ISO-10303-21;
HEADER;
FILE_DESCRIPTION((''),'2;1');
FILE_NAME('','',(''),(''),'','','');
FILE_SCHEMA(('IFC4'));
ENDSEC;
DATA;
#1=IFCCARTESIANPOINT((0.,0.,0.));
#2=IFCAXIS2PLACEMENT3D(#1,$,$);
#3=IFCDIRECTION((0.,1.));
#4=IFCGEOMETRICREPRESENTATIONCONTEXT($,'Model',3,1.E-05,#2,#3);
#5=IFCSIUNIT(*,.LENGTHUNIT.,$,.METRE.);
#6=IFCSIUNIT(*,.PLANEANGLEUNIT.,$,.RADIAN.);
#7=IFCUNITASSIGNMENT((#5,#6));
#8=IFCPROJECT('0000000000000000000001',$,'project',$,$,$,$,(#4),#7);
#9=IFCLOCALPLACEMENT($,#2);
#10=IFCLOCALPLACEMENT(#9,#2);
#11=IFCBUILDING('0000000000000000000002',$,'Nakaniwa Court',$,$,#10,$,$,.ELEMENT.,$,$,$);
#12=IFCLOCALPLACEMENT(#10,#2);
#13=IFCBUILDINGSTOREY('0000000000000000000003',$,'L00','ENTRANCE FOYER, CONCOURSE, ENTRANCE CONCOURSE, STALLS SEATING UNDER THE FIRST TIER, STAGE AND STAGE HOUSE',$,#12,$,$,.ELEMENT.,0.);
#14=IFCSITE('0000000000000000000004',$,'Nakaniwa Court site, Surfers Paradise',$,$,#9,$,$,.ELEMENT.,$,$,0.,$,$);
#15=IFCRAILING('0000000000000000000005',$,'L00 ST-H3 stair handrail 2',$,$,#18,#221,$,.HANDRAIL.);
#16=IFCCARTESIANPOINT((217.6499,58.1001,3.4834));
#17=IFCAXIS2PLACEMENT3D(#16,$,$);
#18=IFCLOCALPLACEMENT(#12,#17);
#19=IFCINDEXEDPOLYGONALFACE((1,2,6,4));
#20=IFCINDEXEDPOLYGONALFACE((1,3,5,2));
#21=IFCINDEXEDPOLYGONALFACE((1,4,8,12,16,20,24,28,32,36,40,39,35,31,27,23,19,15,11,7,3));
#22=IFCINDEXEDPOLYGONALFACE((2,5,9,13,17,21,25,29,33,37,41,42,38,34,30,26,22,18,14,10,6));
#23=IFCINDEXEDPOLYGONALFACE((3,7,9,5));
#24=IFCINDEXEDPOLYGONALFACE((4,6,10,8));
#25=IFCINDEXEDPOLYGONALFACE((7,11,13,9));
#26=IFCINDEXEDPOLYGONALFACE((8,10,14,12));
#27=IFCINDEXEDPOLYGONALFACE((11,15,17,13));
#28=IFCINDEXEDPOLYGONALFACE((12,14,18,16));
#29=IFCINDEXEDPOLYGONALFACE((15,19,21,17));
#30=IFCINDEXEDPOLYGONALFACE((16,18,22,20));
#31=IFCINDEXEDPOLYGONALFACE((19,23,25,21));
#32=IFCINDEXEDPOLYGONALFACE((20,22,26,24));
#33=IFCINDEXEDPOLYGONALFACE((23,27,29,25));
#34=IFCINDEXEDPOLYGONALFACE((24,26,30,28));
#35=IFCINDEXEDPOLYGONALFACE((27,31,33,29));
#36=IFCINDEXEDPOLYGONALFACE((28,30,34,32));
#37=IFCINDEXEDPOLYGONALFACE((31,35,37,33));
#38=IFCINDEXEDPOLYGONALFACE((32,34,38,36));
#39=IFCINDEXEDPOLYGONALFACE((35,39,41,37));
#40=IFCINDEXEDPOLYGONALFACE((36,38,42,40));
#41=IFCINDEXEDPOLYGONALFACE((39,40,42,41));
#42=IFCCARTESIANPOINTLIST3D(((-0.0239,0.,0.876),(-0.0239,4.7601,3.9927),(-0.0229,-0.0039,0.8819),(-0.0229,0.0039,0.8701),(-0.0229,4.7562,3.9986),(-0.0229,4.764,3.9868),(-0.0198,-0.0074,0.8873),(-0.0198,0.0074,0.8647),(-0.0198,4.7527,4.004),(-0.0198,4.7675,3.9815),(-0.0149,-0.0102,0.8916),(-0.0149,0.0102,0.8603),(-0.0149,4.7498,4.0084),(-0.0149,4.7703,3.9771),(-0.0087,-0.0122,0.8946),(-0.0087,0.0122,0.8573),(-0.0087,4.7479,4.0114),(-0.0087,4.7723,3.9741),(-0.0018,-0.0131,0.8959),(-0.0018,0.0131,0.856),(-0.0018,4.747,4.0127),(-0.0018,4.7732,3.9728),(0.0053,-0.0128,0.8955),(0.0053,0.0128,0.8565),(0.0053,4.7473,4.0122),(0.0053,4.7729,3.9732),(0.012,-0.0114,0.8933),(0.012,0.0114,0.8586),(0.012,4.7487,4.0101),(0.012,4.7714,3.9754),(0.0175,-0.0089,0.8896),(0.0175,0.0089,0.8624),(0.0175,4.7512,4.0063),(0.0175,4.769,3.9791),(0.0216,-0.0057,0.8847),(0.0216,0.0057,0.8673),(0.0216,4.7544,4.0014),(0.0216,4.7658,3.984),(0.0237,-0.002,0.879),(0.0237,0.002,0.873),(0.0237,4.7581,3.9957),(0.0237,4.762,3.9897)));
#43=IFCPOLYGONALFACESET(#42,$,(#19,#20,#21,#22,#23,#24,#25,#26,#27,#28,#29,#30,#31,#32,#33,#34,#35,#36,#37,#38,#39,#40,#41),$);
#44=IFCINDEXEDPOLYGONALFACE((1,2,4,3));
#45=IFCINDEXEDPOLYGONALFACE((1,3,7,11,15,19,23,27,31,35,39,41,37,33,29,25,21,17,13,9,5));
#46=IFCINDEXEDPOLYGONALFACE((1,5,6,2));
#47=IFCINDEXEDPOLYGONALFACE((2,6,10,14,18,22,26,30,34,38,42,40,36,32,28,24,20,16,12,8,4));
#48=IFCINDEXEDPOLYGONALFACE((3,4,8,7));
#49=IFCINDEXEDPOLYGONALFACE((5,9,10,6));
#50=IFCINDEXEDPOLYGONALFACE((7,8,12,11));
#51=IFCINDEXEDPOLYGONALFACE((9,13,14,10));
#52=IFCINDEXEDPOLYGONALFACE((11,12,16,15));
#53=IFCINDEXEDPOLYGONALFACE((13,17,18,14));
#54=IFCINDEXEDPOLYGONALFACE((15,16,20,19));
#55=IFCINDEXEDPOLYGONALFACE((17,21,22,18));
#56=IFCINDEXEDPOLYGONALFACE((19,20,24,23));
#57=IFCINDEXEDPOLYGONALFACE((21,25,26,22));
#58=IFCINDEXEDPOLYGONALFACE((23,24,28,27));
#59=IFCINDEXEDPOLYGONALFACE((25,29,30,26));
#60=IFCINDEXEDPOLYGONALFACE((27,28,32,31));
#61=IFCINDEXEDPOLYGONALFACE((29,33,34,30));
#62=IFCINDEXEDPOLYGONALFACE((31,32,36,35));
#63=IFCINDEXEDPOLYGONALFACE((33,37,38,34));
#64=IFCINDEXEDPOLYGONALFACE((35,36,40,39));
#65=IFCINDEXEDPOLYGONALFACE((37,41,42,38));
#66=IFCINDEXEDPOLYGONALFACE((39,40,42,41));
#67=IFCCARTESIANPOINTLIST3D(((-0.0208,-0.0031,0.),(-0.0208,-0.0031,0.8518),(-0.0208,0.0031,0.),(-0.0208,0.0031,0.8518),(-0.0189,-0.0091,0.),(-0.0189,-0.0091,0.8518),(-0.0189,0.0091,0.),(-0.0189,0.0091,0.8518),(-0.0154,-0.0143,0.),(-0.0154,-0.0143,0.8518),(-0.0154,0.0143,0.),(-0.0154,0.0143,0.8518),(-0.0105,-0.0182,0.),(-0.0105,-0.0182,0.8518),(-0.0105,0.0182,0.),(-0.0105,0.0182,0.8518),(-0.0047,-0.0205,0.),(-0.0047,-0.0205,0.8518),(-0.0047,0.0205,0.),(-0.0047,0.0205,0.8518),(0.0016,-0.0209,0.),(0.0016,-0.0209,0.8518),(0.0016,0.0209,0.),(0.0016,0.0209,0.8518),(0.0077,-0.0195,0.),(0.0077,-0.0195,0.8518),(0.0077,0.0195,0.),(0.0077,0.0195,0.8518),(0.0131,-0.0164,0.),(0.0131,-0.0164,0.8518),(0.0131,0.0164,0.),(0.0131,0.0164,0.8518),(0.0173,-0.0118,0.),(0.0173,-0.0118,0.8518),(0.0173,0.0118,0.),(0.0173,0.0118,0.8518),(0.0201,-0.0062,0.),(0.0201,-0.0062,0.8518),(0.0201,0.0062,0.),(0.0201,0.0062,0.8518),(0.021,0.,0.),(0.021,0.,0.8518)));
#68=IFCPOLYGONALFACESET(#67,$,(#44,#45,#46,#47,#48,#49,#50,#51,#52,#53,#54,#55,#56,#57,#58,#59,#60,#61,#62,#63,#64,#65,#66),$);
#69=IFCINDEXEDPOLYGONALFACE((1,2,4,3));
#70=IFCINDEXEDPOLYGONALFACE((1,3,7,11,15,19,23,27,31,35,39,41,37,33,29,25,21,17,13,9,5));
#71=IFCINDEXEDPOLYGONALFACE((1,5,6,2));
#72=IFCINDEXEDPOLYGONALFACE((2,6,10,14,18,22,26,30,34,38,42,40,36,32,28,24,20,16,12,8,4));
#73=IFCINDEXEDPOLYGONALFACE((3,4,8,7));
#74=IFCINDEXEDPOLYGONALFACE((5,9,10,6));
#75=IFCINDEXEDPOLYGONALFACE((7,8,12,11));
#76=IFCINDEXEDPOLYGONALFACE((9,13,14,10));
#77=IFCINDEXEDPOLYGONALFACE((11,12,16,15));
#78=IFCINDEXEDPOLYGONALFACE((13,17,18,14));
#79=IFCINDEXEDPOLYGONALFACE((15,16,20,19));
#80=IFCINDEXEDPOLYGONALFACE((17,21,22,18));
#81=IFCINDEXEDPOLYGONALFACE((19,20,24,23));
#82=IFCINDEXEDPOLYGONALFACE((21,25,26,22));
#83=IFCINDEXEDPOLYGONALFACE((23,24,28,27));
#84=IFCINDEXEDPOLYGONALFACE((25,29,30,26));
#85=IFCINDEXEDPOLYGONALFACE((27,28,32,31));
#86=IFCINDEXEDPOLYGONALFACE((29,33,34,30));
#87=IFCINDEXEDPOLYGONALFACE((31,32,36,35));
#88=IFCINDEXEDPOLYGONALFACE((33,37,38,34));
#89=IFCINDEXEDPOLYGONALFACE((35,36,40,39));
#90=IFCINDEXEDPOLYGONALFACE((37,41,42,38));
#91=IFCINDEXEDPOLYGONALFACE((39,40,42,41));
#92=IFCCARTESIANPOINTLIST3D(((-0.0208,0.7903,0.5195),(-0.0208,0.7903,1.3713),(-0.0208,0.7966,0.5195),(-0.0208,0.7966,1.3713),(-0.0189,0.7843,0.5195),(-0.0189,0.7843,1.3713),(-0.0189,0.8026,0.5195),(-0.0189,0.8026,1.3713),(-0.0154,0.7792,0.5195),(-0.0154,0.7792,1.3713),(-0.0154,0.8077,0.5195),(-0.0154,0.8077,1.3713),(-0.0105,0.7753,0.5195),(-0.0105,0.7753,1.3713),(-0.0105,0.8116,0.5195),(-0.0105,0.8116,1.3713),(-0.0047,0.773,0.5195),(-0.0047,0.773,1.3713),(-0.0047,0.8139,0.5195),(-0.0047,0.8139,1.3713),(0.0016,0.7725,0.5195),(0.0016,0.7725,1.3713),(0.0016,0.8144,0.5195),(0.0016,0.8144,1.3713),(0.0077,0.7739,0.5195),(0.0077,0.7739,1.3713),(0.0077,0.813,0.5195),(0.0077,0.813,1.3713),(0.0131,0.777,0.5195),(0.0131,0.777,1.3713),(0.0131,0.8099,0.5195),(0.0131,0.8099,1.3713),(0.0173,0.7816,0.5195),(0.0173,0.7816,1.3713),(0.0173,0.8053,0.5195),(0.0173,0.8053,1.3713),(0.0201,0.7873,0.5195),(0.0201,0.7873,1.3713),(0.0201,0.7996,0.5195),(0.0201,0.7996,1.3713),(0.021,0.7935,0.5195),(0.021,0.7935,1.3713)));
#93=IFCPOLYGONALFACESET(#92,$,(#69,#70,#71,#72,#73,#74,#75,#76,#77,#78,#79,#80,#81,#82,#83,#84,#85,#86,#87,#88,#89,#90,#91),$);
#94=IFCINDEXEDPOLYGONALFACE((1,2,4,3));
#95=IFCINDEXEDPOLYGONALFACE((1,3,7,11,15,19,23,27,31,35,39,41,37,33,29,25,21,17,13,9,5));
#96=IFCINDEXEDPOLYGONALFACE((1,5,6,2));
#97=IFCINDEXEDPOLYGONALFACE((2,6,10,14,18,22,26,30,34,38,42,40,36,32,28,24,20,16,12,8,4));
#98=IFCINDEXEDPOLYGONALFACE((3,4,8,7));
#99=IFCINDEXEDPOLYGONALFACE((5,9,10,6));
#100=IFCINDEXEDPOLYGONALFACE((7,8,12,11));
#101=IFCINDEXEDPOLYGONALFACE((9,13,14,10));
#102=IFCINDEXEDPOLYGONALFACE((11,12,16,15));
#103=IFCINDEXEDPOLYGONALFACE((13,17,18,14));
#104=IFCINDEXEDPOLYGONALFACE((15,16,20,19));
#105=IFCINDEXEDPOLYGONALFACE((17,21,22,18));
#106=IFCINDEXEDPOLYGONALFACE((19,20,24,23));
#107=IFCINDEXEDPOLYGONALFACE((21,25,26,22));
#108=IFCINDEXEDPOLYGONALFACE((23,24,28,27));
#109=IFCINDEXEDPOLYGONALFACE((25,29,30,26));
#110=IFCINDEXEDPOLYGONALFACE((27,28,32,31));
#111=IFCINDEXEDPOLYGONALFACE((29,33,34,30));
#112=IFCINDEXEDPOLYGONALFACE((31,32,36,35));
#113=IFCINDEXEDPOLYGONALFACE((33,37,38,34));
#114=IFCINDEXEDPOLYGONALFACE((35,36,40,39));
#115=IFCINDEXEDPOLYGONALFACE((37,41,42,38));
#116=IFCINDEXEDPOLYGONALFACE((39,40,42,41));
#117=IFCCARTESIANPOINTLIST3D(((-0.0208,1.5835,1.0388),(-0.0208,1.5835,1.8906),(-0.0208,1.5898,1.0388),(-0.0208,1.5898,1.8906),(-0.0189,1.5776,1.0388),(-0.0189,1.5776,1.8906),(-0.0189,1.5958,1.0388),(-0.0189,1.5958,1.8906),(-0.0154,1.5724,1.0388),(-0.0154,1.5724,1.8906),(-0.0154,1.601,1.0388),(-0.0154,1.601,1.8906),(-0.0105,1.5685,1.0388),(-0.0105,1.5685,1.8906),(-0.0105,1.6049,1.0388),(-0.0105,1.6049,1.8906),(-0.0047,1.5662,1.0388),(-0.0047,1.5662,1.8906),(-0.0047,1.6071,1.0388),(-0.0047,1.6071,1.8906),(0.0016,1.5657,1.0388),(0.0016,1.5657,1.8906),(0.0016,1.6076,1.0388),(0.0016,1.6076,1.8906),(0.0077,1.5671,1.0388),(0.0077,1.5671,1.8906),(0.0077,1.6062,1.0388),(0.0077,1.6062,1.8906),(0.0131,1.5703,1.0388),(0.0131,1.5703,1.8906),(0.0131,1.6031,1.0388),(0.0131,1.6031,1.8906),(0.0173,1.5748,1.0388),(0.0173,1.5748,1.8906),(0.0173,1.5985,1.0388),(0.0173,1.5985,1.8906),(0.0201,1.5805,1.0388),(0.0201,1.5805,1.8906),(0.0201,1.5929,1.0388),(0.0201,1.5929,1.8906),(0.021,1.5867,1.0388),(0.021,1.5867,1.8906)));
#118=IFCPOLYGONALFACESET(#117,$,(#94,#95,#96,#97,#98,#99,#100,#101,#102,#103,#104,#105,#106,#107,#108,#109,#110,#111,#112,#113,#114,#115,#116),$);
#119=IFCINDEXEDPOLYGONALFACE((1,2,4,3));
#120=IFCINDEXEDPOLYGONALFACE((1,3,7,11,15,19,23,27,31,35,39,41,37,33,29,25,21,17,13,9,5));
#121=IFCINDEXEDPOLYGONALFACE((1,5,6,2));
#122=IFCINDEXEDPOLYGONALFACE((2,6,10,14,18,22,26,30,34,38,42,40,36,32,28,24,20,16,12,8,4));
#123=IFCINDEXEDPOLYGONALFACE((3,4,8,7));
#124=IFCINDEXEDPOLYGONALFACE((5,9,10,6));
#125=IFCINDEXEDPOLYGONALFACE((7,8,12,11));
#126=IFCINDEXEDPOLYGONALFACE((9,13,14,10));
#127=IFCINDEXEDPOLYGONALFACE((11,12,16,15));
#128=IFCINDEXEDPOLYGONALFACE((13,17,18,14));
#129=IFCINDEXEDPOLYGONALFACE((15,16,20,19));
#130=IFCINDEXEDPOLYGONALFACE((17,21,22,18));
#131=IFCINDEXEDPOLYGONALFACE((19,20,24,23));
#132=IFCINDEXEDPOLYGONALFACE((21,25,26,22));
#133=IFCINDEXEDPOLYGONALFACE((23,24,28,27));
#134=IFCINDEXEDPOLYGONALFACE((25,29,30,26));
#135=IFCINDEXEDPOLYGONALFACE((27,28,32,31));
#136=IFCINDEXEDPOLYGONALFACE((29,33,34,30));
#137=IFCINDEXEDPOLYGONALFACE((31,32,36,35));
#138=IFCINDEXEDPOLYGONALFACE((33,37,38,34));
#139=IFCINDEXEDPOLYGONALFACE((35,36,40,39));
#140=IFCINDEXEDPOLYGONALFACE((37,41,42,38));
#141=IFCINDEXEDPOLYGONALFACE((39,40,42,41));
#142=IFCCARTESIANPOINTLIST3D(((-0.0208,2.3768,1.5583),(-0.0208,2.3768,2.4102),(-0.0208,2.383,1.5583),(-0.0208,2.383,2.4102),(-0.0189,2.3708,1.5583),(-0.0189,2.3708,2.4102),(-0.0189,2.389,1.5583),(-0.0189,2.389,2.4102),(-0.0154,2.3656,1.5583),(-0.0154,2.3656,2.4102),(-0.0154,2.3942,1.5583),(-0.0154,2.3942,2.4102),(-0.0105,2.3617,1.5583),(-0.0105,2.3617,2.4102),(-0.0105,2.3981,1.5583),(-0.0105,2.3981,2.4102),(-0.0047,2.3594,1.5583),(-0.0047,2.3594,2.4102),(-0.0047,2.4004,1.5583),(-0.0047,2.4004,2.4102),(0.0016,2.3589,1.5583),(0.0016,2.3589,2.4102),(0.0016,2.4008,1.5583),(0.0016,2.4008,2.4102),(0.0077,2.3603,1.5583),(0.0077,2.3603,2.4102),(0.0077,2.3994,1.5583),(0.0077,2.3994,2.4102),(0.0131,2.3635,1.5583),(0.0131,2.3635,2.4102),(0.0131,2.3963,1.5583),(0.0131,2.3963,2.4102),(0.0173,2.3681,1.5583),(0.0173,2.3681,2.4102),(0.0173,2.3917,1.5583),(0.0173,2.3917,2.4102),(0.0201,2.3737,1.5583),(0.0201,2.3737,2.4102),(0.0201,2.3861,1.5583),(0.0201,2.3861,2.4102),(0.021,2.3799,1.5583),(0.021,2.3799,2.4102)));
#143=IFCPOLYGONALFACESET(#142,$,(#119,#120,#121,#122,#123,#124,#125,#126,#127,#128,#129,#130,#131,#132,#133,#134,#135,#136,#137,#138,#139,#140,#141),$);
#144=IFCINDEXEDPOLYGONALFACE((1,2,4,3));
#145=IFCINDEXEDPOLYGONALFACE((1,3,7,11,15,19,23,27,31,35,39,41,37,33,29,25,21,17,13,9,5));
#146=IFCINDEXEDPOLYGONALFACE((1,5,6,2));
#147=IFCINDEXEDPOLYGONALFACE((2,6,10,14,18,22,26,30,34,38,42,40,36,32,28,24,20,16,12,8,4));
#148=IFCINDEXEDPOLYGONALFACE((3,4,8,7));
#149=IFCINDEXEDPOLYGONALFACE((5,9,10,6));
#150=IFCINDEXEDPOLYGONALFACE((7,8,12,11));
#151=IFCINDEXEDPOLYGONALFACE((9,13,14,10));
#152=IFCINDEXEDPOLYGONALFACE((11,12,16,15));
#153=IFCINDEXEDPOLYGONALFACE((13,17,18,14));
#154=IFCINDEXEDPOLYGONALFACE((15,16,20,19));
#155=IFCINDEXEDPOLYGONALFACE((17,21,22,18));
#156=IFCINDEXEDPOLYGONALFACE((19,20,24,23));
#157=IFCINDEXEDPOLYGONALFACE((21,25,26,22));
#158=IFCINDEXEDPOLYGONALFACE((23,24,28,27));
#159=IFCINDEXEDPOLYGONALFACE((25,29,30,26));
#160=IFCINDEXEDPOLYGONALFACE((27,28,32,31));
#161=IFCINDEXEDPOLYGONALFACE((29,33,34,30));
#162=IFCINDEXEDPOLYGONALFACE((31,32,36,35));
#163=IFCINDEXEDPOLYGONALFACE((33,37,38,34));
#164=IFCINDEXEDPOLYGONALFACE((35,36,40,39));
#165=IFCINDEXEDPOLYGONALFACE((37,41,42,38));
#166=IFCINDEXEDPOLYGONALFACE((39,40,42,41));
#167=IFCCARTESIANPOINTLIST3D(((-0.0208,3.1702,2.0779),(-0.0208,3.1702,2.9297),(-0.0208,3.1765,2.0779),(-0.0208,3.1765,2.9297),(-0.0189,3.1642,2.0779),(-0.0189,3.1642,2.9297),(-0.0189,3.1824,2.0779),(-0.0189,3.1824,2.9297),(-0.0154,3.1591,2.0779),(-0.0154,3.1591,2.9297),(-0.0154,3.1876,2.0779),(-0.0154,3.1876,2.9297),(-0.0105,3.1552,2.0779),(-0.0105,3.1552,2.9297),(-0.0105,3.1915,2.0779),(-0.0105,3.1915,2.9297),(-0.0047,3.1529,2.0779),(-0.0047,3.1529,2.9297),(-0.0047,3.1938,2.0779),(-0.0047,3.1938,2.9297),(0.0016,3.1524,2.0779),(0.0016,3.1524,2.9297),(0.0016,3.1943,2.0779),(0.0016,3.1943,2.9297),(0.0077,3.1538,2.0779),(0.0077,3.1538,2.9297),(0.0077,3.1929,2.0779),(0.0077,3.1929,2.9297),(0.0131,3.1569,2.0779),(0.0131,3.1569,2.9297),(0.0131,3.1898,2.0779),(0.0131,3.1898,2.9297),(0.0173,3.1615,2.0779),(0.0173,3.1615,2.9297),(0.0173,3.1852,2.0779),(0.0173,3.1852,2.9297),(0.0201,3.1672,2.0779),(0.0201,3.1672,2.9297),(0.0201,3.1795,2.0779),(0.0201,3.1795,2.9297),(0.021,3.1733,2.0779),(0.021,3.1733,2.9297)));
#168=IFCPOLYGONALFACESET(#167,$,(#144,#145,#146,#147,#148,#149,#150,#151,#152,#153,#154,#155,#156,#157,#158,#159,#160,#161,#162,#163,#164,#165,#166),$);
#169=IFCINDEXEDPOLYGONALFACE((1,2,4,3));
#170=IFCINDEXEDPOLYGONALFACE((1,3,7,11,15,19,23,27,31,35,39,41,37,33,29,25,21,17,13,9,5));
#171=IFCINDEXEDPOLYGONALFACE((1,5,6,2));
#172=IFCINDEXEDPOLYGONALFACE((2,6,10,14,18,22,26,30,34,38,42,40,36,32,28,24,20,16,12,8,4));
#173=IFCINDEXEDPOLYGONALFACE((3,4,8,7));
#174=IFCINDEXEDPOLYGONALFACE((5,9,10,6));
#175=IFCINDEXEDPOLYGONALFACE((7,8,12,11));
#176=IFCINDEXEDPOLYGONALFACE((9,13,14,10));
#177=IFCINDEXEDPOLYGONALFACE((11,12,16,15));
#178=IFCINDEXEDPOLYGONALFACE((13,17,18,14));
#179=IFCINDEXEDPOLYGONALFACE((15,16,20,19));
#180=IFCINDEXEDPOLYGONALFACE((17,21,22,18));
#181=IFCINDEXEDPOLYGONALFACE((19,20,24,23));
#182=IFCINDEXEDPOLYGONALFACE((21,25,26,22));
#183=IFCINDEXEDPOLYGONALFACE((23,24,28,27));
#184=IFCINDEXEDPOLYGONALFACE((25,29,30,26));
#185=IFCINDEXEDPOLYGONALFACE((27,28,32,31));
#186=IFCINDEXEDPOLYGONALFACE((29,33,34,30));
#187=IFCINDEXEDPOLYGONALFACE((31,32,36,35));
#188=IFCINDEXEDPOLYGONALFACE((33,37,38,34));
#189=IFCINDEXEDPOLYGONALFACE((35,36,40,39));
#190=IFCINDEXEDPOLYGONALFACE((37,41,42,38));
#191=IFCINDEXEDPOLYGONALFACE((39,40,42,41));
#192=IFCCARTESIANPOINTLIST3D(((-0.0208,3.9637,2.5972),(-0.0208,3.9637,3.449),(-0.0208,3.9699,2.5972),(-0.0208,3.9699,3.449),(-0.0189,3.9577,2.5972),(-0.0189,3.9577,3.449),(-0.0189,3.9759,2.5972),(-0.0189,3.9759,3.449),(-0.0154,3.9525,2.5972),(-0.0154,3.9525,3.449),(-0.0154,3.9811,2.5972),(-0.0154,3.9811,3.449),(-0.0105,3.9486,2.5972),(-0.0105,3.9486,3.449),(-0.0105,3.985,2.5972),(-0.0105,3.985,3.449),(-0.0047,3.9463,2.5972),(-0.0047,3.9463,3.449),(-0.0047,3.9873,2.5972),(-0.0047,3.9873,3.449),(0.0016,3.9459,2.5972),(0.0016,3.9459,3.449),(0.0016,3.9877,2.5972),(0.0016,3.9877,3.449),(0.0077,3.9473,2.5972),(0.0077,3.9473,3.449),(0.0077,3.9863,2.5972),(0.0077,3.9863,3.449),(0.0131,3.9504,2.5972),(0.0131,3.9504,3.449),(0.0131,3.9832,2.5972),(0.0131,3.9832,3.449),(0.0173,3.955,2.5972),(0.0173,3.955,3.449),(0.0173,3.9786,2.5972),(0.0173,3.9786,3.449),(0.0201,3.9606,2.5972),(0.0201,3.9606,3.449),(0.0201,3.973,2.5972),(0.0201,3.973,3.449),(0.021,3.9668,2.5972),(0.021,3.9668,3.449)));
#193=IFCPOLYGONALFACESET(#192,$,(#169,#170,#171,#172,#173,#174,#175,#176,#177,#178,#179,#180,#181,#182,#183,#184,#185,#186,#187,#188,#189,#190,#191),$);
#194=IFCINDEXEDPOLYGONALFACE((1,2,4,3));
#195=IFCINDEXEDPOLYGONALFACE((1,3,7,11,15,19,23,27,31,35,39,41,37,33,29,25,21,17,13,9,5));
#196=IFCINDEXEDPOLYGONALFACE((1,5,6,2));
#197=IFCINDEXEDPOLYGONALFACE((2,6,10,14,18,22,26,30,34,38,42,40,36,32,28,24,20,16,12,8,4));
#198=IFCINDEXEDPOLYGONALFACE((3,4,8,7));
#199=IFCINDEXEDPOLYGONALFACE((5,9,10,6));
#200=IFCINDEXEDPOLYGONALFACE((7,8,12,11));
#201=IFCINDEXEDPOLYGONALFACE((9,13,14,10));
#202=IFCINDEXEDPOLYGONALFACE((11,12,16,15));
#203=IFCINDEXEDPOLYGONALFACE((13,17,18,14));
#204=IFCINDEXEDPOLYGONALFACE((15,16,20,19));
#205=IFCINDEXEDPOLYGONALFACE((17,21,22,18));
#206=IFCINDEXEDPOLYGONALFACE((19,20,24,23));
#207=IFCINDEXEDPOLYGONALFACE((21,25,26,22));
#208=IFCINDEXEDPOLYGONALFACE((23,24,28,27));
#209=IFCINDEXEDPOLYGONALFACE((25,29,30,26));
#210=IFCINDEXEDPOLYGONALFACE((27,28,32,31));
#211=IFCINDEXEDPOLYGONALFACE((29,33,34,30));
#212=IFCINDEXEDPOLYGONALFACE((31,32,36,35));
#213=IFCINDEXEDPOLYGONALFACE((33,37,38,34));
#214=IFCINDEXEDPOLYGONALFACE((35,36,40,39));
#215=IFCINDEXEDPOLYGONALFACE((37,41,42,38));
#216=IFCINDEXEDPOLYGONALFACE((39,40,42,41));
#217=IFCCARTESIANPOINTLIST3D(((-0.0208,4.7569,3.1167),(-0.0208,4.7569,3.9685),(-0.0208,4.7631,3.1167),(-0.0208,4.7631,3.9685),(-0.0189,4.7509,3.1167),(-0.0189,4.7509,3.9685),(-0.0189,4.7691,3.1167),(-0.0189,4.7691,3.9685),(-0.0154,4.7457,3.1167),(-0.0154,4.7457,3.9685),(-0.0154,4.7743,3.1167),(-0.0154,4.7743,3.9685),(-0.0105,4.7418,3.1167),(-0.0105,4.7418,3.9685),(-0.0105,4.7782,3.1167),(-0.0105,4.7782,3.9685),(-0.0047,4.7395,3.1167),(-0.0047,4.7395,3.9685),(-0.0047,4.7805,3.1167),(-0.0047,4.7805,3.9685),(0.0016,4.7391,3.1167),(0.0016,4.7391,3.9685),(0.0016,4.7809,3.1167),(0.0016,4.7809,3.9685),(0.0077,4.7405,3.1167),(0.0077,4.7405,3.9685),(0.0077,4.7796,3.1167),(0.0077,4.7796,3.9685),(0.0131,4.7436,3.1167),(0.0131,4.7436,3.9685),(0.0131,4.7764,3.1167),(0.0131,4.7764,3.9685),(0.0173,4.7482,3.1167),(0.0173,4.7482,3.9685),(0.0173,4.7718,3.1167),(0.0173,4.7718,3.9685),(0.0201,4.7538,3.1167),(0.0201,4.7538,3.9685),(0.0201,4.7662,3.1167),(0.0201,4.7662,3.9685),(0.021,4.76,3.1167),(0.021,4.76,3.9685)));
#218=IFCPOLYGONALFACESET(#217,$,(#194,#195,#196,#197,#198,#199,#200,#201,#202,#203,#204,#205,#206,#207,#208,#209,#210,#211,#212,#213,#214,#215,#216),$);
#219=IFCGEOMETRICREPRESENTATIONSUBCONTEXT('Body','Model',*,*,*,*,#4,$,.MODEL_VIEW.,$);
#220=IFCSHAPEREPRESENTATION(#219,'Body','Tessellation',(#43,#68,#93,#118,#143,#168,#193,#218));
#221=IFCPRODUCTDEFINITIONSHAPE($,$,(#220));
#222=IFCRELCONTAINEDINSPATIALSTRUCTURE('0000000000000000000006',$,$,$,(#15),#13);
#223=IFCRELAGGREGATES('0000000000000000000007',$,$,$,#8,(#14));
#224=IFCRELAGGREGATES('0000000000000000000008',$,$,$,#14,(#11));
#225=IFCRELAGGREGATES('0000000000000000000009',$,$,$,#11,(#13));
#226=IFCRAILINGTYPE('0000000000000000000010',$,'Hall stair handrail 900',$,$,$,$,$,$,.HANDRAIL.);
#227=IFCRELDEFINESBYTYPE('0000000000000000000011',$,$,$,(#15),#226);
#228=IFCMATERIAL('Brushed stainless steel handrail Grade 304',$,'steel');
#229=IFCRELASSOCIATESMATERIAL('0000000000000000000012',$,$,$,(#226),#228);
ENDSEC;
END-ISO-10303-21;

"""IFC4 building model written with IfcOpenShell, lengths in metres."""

from ifc_helpers import new_model, si_unit, direction, frame, origin, origin_2d, place, context, subcontext, project, spatial, circle, extrude, material, type_object, element, save


model = new_model("IFC4")

# Units and contexts
model_context = context("Model", 3, precision=1e-05, world=origin(), true_north=direction((0.0, 1.0)))
body_context = subcontext(model_context, "Body", "Model", "MODEL_VIEW")
ifc_project = project(units=[si_unit("LENGTHUNIT", "METRE"), si_unit("PLANEANGLEUNIT", "RADIAN")], contexts=[model_context])

# Site, building, storey
site_placement = place(None, origin())
site = spatial("IfcSite", under=ifc_project, at=site_placement, Name="Nakaniwa Court site, Surfers Paradise", CompositionType="ELEMENT", RefElevation=0.0)
building_placement = place(site_placement, origin())
building = spatial("IfcBuilding", under=site, at=building_placement, Name="Nakaniwa Court", CompositionType="ELEMENT")
storey_placement = place(building_placement, origin())
storey = spatial("IfcBuildingStorey", under=building, at=storey_placement, Name="L00", Description="ENTRANCE FOYER, CONCOURSE, ENTRANCE CONCOURSE, STALLS SEATING UNDER THE FIRST TIER, STAGE AND STAGE HOUSE", CompositionType="ELEMENT", Elevation=0.0)

# Railing
ifc_material_1 = material(Name="Brushed stainless steel handrail Grade 304", Category="steel")
railing_type_1 = type_object("IfcRailingType", Name="Hall stair handrail 900", PredefinedType="HANDRAIL", material=ifc_material_1)
railing_1_placement = place(storey_placement, frame((217.6499, 58.1001, 3.4834)))
element("IfcRailing", 1, at=railing_1_placement, inside=storey, type_object=railing_type_1, Name="L00 ST-H3 stair handrail 2", PredefinedType="HANDRAIL", context=body_context, shape_type="SweptSolid", body=[
    extrude(circle(Radius=0.0239, at=origin_2d()), frame((0.0, 0.0, 0.876), z_axis=(0.0, 0.836616, 0.547789), x_axis=(-1.0, 0.0, 0.0)), (0.0, 0.0, 1.0), 5.6897),
    extrude(circle(Radius=0.021, at=origin_2d()), origin(), (0.0, 0.0, 1.0), 0.8518),
    extrude(circle(Radius=0.021, at=origin_2d()), frame((0.0, 0.7935, 0.5195)), (0.0, 0.0, 1.0), 0.8518),
    extrude(circle(Radius=0.021, at=origin_2d()), frame((0.0, 1.5867, 1.0388)), (0.0, 0.0, 1.0), 0.8518),
    extrude(circle(Radius=0.021, at=origin_2d()), frame((0.0, 2.3799, 1.5583)), (0.0, 0.0, 1.0), 0.8518),
    extrude(circle(Radius=0.021, at=origin_2d()), frame((0.0, 3.1733, 2.0779)), (0.0, 0.0, 1.0), 0.8518),
    extrude(circle(Radius=0.021, at=origin_2d()), frame((0.0, 3.9668, 2.5972)), (0.0, 0.0, 1.0), 0.8518),
    extrude(circle(Radius=0.021, at=origin_2d()), frame((0.0, 4.76, 3.1167)), (0.0, 0.0, 1.0), 0.8518),
])

save(model, "model.ifc")
